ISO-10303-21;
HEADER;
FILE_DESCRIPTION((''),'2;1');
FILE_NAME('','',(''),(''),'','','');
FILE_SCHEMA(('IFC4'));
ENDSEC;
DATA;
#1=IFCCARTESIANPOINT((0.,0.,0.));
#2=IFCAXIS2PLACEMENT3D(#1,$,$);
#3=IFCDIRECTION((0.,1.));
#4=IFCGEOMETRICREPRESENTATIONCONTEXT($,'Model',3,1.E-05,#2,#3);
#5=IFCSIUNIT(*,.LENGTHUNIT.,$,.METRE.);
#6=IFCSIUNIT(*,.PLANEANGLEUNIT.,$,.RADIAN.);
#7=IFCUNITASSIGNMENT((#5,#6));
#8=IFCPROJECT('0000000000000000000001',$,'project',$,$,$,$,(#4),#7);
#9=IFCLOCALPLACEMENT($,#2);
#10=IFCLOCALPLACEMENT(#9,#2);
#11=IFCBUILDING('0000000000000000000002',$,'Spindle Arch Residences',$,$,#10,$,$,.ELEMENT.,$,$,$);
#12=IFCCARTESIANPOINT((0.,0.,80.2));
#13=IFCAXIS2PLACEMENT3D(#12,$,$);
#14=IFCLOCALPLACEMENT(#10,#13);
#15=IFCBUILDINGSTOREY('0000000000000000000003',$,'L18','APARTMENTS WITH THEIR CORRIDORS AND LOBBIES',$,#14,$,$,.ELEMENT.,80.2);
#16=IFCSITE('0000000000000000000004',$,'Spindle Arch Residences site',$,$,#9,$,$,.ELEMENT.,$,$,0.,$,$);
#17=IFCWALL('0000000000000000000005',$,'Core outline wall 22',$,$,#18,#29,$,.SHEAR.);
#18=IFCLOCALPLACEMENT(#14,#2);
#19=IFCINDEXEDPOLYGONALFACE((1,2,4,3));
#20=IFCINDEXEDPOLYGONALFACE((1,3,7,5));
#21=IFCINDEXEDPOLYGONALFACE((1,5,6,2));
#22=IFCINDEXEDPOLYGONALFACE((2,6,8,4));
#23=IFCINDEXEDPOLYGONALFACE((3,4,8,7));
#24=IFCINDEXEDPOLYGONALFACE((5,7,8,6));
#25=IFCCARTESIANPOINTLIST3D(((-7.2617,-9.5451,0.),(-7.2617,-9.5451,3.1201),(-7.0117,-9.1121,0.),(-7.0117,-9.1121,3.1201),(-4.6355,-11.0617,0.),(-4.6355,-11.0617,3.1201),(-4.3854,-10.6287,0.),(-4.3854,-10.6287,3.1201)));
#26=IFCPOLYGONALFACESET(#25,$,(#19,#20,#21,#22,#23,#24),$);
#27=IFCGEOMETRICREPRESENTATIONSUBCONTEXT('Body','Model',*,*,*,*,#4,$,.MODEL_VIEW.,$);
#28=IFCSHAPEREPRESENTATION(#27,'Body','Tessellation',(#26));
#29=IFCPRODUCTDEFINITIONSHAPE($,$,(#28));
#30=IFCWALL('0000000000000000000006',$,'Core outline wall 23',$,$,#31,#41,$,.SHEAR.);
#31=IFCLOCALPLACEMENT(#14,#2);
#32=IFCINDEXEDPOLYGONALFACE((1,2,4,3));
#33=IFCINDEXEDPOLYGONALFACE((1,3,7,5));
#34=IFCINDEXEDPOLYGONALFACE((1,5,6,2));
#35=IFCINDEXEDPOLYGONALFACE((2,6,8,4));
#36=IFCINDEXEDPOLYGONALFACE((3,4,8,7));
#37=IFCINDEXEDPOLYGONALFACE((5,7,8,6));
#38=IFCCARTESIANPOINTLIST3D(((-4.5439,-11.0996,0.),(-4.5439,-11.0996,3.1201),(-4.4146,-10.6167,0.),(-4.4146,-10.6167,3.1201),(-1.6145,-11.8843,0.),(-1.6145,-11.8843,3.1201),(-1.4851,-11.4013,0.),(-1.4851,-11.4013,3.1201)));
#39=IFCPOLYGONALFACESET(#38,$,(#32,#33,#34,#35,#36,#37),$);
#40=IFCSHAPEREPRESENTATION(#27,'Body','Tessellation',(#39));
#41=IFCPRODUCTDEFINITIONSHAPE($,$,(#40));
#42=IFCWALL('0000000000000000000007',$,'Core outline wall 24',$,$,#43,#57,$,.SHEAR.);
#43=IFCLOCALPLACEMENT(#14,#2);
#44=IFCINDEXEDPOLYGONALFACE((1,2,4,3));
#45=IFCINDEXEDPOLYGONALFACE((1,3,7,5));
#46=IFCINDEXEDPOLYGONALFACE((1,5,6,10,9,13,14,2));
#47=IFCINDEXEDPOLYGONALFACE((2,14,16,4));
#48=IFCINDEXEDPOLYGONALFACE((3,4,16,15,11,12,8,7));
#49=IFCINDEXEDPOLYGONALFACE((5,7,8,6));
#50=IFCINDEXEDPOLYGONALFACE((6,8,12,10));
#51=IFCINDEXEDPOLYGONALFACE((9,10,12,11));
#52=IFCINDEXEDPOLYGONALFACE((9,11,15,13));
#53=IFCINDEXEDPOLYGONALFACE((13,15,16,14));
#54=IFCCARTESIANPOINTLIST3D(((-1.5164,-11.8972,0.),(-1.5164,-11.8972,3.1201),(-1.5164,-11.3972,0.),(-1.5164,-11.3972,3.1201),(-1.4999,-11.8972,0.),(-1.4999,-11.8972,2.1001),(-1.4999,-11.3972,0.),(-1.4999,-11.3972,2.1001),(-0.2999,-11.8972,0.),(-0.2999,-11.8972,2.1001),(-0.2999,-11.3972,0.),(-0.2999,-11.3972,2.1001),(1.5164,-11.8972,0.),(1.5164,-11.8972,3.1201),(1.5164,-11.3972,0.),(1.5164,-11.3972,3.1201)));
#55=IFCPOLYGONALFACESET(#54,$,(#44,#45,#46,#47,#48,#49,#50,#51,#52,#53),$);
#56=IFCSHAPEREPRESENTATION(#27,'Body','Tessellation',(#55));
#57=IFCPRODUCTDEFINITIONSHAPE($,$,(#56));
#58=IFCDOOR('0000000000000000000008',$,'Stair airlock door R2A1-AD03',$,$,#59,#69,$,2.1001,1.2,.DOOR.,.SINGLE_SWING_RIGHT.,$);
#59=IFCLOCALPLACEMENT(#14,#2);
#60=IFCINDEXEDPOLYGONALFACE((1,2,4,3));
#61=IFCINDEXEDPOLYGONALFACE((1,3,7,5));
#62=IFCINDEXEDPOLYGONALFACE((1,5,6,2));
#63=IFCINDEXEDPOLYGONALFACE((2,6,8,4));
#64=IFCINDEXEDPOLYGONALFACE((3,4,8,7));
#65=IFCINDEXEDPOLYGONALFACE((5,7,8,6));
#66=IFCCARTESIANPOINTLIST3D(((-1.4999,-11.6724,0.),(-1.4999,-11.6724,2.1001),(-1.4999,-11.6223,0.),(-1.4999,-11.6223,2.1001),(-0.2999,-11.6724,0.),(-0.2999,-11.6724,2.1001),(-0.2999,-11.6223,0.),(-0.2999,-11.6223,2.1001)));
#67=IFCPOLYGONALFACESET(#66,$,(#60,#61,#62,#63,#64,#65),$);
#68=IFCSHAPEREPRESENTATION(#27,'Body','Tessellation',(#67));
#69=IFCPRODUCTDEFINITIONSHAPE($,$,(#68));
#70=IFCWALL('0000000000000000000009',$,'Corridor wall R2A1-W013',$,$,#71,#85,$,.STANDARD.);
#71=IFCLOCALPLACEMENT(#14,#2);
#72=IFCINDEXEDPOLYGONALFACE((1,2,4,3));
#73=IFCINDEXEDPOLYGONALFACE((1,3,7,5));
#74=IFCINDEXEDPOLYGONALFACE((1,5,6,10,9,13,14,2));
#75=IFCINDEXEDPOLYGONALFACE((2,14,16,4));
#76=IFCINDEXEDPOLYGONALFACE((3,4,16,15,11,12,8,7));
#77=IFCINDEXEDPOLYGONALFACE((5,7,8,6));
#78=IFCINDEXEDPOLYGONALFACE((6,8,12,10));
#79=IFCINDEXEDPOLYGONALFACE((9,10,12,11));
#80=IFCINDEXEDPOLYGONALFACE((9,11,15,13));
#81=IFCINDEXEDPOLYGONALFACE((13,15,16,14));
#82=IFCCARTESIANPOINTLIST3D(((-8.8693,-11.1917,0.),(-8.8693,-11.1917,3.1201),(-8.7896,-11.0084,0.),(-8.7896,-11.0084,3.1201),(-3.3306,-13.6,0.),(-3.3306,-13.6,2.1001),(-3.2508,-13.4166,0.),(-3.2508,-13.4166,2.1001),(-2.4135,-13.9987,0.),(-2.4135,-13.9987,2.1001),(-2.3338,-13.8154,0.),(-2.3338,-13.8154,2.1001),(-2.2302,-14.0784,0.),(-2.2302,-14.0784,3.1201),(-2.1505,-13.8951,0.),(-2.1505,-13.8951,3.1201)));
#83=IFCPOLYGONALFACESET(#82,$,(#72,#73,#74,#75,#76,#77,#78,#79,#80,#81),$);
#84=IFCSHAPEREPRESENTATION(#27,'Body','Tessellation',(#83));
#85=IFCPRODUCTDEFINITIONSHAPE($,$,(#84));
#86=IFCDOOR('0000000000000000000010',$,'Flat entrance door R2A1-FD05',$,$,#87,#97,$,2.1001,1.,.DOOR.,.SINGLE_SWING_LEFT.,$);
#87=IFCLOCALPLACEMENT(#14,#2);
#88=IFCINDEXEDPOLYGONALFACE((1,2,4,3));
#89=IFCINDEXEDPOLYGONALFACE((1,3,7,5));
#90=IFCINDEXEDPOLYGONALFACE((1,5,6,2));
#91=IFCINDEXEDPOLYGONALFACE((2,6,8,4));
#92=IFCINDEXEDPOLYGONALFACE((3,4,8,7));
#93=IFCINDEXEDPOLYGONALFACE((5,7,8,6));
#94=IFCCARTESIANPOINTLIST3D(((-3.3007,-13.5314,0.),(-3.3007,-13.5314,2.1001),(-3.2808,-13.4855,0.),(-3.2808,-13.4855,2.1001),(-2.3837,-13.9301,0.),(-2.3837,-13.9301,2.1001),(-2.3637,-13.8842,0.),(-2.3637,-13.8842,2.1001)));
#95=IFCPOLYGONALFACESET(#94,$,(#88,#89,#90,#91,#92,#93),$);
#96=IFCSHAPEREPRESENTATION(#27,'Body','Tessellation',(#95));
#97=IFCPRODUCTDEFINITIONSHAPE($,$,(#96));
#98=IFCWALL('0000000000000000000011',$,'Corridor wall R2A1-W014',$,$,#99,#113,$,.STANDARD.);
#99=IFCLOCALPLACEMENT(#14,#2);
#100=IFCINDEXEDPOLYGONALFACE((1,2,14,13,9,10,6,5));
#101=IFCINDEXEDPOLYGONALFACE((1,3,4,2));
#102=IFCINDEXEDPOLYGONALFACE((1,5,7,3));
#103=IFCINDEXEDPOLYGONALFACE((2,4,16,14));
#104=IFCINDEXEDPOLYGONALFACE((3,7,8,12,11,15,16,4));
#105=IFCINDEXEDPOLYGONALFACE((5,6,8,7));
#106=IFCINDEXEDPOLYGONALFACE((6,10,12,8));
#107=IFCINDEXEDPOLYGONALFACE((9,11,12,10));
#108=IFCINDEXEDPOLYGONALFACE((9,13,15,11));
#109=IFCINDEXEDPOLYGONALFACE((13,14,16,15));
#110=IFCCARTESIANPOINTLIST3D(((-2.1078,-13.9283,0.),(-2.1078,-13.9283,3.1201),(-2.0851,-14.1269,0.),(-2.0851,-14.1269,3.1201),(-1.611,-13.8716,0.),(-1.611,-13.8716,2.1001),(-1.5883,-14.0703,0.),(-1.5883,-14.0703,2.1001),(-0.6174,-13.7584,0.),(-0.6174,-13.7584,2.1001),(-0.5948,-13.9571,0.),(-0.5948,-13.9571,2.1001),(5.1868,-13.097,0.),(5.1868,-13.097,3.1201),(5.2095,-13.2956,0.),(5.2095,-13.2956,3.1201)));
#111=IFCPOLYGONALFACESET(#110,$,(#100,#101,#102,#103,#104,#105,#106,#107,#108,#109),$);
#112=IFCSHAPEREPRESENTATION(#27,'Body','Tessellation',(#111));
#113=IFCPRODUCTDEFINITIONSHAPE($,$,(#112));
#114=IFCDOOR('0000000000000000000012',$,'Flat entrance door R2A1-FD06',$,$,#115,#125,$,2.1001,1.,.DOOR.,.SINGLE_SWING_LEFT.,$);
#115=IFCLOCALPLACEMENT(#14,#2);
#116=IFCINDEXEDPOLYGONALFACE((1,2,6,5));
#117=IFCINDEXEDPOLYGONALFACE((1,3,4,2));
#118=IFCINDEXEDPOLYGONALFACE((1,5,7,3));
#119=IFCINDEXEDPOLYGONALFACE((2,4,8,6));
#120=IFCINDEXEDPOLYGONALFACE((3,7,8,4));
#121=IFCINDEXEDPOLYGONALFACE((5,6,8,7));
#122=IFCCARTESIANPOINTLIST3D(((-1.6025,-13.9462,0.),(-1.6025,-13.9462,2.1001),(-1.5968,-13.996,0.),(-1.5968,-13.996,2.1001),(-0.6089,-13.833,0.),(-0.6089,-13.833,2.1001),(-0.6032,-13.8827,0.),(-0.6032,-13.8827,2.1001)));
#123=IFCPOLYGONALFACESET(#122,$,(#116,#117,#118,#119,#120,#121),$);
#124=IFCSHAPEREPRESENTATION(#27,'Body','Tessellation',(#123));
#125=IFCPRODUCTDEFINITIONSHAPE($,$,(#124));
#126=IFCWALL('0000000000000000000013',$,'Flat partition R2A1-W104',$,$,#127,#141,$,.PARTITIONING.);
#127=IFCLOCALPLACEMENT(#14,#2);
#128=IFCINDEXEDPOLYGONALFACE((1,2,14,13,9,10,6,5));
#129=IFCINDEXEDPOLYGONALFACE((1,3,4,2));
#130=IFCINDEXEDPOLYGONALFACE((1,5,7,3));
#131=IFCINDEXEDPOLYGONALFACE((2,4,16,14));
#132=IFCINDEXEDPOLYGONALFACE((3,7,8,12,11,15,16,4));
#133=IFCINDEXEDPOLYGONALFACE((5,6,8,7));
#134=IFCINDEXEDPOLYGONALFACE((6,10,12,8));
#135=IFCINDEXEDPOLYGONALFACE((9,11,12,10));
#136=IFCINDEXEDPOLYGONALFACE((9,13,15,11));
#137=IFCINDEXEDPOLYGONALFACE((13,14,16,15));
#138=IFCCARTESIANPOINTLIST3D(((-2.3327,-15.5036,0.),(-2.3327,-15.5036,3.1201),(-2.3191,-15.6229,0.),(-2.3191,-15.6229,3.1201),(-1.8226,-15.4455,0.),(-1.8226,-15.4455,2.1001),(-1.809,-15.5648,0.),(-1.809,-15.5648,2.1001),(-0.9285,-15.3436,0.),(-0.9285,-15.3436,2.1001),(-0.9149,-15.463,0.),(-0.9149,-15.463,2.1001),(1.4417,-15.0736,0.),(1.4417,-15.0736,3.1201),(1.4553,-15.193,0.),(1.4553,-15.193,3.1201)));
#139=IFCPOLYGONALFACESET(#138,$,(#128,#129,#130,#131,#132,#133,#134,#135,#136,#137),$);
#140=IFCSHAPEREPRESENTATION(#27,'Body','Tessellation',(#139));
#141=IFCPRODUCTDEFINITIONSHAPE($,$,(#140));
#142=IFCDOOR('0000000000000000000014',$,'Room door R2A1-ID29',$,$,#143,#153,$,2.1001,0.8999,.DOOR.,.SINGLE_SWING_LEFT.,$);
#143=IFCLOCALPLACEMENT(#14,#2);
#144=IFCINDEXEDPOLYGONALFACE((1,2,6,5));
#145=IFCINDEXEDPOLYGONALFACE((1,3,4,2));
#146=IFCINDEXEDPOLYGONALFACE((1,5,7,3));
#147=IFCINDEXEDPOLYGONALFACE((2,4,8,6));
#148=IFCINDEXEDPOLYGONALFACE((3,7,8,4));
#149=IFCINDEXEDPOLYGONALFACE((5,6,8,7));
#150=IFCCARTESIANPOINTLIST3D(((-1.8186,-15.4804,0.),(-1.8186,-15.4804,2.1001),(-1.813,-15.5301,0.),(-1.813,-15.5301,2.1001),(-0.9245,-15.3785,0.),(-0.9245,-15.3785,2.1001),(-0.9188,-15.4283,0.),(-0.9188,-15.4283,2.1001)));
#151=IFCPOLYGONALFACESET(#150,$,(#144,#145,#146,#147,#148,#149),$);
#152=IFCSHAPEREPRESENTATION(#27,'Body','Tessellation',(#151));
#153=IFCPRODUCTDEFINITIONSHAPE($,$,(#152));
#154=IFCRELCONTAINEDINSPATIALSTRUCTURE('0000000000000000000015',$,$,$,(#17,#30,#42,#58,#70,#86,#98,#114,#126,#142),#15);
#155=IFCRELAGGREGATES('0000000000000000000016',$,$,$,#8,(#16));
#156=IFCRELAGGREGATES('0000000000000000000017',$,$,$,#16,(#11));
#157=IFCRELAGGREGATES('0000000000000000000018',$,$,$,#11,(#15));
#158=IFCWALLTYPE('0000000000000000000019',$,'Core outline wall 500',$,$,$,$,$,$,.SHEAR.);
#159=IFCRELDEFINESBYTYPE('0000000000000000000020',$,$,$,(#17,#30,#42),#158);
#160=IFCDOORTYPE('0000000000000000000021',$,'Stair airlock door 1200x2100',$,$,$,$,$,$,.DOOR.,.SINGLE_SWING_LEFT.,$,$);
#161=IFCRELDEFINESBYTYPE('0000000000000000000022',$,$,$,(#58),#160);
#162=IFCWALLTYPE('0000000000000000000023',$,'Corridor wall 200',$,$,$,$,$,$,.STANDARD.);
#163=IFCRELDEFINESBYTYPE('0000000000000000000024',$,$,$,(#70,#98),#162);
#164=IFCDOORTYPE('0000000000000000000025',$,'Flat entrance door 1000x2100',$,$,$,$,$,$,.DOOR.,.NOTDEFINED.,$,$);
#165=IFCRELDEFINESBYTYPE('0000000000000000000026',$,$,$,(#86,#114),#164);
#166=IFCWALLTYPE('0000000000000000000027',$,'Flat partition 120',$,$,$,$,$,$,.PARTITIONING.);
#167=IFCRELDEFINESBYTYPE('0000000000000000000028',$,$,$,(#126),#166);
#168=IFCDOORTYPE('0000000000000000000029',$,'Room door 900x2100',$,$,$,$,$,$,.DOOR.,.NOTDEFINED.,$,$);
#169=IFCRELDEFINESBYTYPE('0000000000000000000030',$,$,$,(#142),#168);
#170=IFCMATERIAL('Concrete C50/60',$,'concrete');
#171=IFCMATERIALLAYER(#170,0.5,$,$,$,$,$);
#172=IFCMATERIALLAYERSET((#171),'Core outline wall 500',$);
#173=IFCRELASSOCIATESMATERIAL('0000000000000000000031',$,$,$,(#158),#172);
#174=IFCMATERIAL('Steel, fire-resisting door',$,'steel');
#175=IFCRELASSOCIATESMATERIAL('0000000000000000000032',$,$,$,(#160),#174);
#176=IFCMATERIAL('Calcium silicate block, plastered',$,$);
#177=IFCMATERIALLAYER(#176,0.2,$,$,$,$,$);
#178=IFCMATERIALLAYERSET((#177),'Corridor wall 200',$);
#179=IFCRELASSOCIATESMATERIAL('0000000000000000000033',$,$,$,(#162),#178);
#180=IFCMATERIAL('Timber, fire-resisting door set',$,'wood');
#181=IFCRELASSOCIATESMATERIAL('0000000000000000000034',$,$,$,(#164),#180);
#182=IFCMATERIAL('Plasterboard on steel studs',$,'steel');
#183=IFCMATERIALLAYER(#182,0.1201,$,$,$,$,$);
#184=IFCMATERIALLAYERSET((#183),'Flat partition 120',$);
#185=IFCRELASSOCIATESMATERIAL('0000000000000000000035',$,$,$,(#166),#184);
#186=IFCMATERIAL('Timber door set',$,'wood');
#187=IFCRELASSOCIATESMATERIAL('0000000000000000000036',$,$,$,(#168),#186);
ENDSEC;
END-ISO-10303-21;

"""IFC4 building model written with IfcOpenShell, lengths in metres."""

from ifc_helpers import new_model, si_unit, direction, frame, frame_2d, origin, place, context, subcontext, project, spatial, rectangle, extrude, material, layer, layer_set, type_object, element, fill, save


model = new_model("IFC4")

# Units and contexts
model_context = context("Model", 3, precision=1e-05, world=origin(), true_north=direction((0.0, 1.0)))
body_context = subcontext(model_context, "Body", "Model", "MODEL_VIEW")
ifc_project = project(units=[si_unit("LENGTHUNIT", "METRE"), si_unit("PLANEANGLEUNIT", "RADIAN")], contexts=[model_context])

# Site, building, storey
site_placement = place(None, origin())
site = spatial("IfcSite", under=ifc_project, at=site_placement, Name="Spindle Arch Residences site", CompositionType="ELEMENT", RefElevation=0.0)
building_placement = place(site_placement, origin())
building = spatial("IfcBuilding", under=site, at=building_placement, Name="Spindle Arch Residences", CompositionType="ELEMENT")
storey_placement = place(building_placement, frame((0.0, 0.0, 80.2)))
storey = spatial("IfcBuildingStorey", under=building, at=storey_placement, Name="L18", Description="APARTMENTS WITH THEIR CORRIDORS AND LOBBIES", CompositionType="ELEMENT", Elevation=80.2)

# Walls
ifc_material_1 = material(Name="Concrete C50/60", Category="concrete")
ifc_layer_1 = layer(ifc_material_1, 0.5)
ifc_layer_set_1 = layer_set([ifc_layer_1], Name="Core outline wall 500")
wall_type_1 = type_object("IfcWallType", Name="Core outline wall 500", PredefinedType="SHEAR", material=ifc_layer_set_1)
for number, where, z_axis, x_axis, name in (
    (1, (-7.1367, -9.3286, 0.0), (0.0, 0.0, 1.0), (0.865975, -0.500087, 0.0), "Core outline wall 22"),
    (2, (-4.4792, -10.8582, 0.0), (0.0, 0.0, 1.0), (0.965948, -0.258735, 0.0), "Core outline wall 23"),
):
    element("IfcWall", number, at=place(storey_placement, frame(where, z_axis=z_axis, x_axis=x_axis)), inside=storey, type_object=wall_type_1, Name=name, PredefinedType="SHEAR", context=body_context, shape_type="SweptSolid", body=[
        extrude(rectangle(XDim=3.0327, YDim=0.5, at=frame_2d((1.5164, 0.0))), origin(), (0.0, 0.0, 1.0), 3.1201),
    ])

# Walls, openings, doors
wall_1_placement = place(storey_placement, frame((-1.5164, -11.6472, 0.0), z_axis=(0.0, 0.0, 1.0), x_axis=(1.0, 0.0, 0.0)))
wall_1 = element("IfcWall", 3, at=wall_1_placement, inside=storey, type_object=wall_type_1, Name="Core outline wall 24", PredefinedType="SHEAR", context=body_context, shape_type="SweptSolid", body=[
    extrude(rectangle(XDim=3.0327, YDim=0.5, at=frame_2d((1.5164, 0.0))), origin(), (0.0, 0.0, 1.0), 3.1201),
])
opening_1_placement = place(wall_1_placement, frame((0.0164, 0.0, 0.0)))
opening_1 = element("IfcOpeningElement", 4, at=opening_1_placement, cuts=wall_1, PredefinedType="OPENING", context=body_context, shape_type="SweptSolid", body=[
    extrude(rectangle(XDim=1.2, YDim=2.1001, at=frame_2d((0.6001, 1.05))), frame((0.0, 0.26, 0.0), z_axis=(0.0, -1.0, 0.0), x_axis=(1.0, 0.0, 0.0)), (0.0, 0.0, 1.0), 0.52),
])
ifc_material_2 = material(Name="Steel, fire-resisting door", Category="steel")
door_type_1 = type_object("IfcDoorType", Name="Stair airlock door 1200x2100", OperationType="SINGLE_SWING_LEFT", PredefinedType="DOOR", material=ifc_material_2)
door_1_placement = place(opening_1_placement, origin())
door_1 = element("IfcDoor", 5, at=door_1_placement, inside=storey, type_object=door_type_1, Name="Stair airlock door R2A1-AD03", OperationType="SINGLE_SWING_RIGHT", OverallHeight=2.1001, OverallWidth=1.2, PredefinedType="DOOR", context=body_context, shape_type="SweptSolid", body=[
    extrude(rectangle(XDim=1.2, YDim=2.1001, at=frame_2d((0.6001, 1.05))), frame((0.0, 0.0249, 0.0), z_axis=(0.0, -1.0, 0.0), x_axis=(1.0, 0.0, 0.0)), (0.0, 0.0, 1.0), 0.05),
])
fill(opening_1, door_1)
ifc_material_3 = material(Name="Calcium silicate block, plastered")
ifc_layer_2 = layer(ifc_material_3, 0.2)
ifc_layer_set_2 = layer_set([ifc_layer_2], Name="Corridor wall 200")
wall_type_2 = type_object("IfcWallType", Name="Corridor wall 200", PredefinedType="STANDARD", material=ifc_layer_set_2)
wall_2_placement = place(storey_placement, frame((-8.8293, -11.1001, 0.0), z_axis=(0.0, 0.0, 1.0), x_axis=(0.917064, -0.398741, 0.0)))
wall_2 = element("IfcWall", 6, at=wall_2_placement, inside=storey, type_object=wall_type_2, Name="Corridor wall R2A1-W013", PredefinedType="STANDARD", context=body_context, shape_type="SweptSolid", body=[
    extrude(rectangle(XDim=7.2395, YDim=0.2, at=frame_2d((3.6196, 0.0))), origin(), (0.0, 0.0, 1.0), 3.1201),
])
opening_2_placement = place(wall_2_placement, frame((6.0396, 0.0, 0.0)))
opening_2 = element("IfcOpeningElement", 7, at=opening_2_placement, cuts=wall_2, PredefinedType="OPENING", context=body_context, shape_type="SweptSolid", body=[
    extrude(rectangle(XDim=1.0, YDim=2.1001, at=frame_2d((0.5, 1.05))), frame((0.0, 0.1099, 0.0), z_axis=(0.0, -1.0, 0.0), x_axis=(1.0, 0.0, 0.0)), (0.0, 0.0, 1.0), 0.22),
])
ifc_material_4 = material(Name="Timber, fire-resisting door set", Category="wood")
door_type_2 = type_object("IfcDoorType", Name="Flat entrance door 1000x2100", OperationType="NOTDEFINED", PredefinedType="DOOR", material=ifc_material_4)
door_2_placement = place(opening_2_placement, origin())
door_2 = element("IfcDoor", 8, at=door_2_placement, inside=storey, type_object=door_type_2, Name="Flat entrance door R2A1-FD05", OperationType="SINGLE_SWING_LEFT", OverallHeight=2.1001, OverallWidth=1.0, PredefinedType="DOOR", context=body_context, shape_type="SweptSolid", body=[
    extrude(rectangle(XDim=1.0, YDim=2.1001, at=frame_2d((0.5, 1.05))), frame((0.0, 0.0249, 0.0), z_axis=(0.0, -1.0, 0.0), x_axis=(1.0, 0.0, 0.0)), (0.0, 0.0, 1.0), 0.05),
])
fill(opening_2, door_2)
wall_3_placement = place(storey_placement, frame((-2.0964, -14.0276, 0.0), z_axis=(0.0, 0.0, 1.0), x_axis=(0.993569, 0.113227, 0.0)))
wall_3 = element("IfcWall", 9, at=wall_3_placement, inside=storey, type_object=wall_type_2, Name="Corridor wall R2A1-W014", PredefinedType="STANDARD", context=body_context, shape_type="SweptSolid", body=[
    extrude(rectangle(XDim=7.3418, YDim=0.2, at=frame_2d((3.6709, 0.0))), origin(), (0.0, 0.0, 1.0), 3.1201),
])
opening_3_placement = place(wall_3_placement, frame((0.5, 0.0, 0.0)))
opening_3 = element("IfcOpeningElement", 10, at=opening_3_placement, cuts=wall_3, PredefinedType="OPENING", context=body_context, shape_type="SweptSolid", body=[
    extrude(rectangle(XDim=1.0, YDim=2.1001, at=frame_2d((0.5, 1.05))), frame((0.0, 0.1099, 0.0), z_axis=(0.0, -1.0, 0.0), x_axis=(1.0, 0.0, 0.0)), (0.0, 0.0, 1.0), 0.22),
])
door_3_placement = place(opening_3_placement, origin())
door_3 = element("IfcDoor", 11, at=door_3_placement, inside=storey, type_object=door_type_2, Name="Flat entrance door R2A1-FD06", OperationType="SINGLE_SWING_LEFT", OverallHeight=2.1001, OverallWidth=1.0, PredefinedType="DOOR", context=body_context, shape_type="SweptSolid", body=[
    extrude(rectangle(XDim=1.0, YDim=2.1001, at=frame_2d((0.5, 1.05))), frame((0.0, 0.0249, 0.0), z_axis=(0.0, -1.0, 0.0), x_axis=(1.0, 0.0, 0.0)), (0.0, 0.0, 1.0), 0.05),
])
fill(opening_3, door_3)
ifc_material_5 = material(Name="Plasterboard on steel studs", Category="steel")
ifc_layer_3 = layer(ifc_material_5, 0.1201)
ifc_layer_set_3 = layer_set([ifc_layer_3], Name="Flat partition 120")
wall_type_3 = type_object("IfcWallType", Name="Flat partition 120", PredefinedType="PARTITIONING", material=ifc_layer_set_3)
wall_4_placement = place(storey_placement, frame((-2.3259, -15.5632, 0.0), z_axis=(0.0, 0.0, 1.0), x_axis=(0.993575, 0.113175, 0.0)))
wall_4 = element("IfcWall", 12, at=wall_4_placement, inside=storey, type_object=wall_type_3, Name="Flat partition R2A1-W104", PredefinedType="PARTITIONING", context=body_context, shape_type="SweptSolid", body=[
    extrude(rectangle(XDim=3.7988, YDim=0.1201, at=frame_2d((1.8994, 0.0))), origin(), (0.0, 0.0, 1.0), 3.1201),
])
opening_4_placement = place(wall_4_placement, frame((0.5134, 0.0, 0.0)))
opening_4 = element("IfcOpeningElement", 13, at=opening_4_placement, cuts=wall_4, PredefinedType="OPENING", context=body_context, shape_type="SweptSolid", body=[
    extrude(rectangle(XDim=0.8999, YDim=2.1001, at=frame_2d((0.45, 1.05))), frame((0.0, 0.0701, 0.0), z_axis=(0.0, -1.0, 0.0), x_axis=(1.0, 0.0, 0.0)), (0.0, 0.0, 1.0), 0.1401),
])
ifc_material_6 = material(Name="Timber door set", Category="wood")
door_type_3 = type_object("IfcDoorType", Name="Room door 900x2100", OperationType="NOTDEFINED", PredefinedType="DOOR", material=ifc_material_6)
door_4_placement = place(opening_4_placement, origin())
door_4 = element("IfcDoor", 14, at=door_4_placement, inside=storey, type_object=door_type_3, Name="Room door R2A1-ID29", OperationType="SINGLE_SWING_LEFT", OverallHeight=2.1001, OverallWidth=0.8999, PredefinedType="DOOR", context=body_context, shape_type="SweptSolid", body=[
    extrude(rectangle(XDim=0.8999, YDim=2.1001, at=frame_2d((0.45, 1.05))), frame((0.0, 0.0249, 0.0), z_axis=(0.0, -1.0, 0.0), x_axis=(1.0, 0.0, 0.0)), (0.0, 0.0, 1.0), 0.05),
])
fill(opening_4, door_4)

save(model, "model.ifc")
